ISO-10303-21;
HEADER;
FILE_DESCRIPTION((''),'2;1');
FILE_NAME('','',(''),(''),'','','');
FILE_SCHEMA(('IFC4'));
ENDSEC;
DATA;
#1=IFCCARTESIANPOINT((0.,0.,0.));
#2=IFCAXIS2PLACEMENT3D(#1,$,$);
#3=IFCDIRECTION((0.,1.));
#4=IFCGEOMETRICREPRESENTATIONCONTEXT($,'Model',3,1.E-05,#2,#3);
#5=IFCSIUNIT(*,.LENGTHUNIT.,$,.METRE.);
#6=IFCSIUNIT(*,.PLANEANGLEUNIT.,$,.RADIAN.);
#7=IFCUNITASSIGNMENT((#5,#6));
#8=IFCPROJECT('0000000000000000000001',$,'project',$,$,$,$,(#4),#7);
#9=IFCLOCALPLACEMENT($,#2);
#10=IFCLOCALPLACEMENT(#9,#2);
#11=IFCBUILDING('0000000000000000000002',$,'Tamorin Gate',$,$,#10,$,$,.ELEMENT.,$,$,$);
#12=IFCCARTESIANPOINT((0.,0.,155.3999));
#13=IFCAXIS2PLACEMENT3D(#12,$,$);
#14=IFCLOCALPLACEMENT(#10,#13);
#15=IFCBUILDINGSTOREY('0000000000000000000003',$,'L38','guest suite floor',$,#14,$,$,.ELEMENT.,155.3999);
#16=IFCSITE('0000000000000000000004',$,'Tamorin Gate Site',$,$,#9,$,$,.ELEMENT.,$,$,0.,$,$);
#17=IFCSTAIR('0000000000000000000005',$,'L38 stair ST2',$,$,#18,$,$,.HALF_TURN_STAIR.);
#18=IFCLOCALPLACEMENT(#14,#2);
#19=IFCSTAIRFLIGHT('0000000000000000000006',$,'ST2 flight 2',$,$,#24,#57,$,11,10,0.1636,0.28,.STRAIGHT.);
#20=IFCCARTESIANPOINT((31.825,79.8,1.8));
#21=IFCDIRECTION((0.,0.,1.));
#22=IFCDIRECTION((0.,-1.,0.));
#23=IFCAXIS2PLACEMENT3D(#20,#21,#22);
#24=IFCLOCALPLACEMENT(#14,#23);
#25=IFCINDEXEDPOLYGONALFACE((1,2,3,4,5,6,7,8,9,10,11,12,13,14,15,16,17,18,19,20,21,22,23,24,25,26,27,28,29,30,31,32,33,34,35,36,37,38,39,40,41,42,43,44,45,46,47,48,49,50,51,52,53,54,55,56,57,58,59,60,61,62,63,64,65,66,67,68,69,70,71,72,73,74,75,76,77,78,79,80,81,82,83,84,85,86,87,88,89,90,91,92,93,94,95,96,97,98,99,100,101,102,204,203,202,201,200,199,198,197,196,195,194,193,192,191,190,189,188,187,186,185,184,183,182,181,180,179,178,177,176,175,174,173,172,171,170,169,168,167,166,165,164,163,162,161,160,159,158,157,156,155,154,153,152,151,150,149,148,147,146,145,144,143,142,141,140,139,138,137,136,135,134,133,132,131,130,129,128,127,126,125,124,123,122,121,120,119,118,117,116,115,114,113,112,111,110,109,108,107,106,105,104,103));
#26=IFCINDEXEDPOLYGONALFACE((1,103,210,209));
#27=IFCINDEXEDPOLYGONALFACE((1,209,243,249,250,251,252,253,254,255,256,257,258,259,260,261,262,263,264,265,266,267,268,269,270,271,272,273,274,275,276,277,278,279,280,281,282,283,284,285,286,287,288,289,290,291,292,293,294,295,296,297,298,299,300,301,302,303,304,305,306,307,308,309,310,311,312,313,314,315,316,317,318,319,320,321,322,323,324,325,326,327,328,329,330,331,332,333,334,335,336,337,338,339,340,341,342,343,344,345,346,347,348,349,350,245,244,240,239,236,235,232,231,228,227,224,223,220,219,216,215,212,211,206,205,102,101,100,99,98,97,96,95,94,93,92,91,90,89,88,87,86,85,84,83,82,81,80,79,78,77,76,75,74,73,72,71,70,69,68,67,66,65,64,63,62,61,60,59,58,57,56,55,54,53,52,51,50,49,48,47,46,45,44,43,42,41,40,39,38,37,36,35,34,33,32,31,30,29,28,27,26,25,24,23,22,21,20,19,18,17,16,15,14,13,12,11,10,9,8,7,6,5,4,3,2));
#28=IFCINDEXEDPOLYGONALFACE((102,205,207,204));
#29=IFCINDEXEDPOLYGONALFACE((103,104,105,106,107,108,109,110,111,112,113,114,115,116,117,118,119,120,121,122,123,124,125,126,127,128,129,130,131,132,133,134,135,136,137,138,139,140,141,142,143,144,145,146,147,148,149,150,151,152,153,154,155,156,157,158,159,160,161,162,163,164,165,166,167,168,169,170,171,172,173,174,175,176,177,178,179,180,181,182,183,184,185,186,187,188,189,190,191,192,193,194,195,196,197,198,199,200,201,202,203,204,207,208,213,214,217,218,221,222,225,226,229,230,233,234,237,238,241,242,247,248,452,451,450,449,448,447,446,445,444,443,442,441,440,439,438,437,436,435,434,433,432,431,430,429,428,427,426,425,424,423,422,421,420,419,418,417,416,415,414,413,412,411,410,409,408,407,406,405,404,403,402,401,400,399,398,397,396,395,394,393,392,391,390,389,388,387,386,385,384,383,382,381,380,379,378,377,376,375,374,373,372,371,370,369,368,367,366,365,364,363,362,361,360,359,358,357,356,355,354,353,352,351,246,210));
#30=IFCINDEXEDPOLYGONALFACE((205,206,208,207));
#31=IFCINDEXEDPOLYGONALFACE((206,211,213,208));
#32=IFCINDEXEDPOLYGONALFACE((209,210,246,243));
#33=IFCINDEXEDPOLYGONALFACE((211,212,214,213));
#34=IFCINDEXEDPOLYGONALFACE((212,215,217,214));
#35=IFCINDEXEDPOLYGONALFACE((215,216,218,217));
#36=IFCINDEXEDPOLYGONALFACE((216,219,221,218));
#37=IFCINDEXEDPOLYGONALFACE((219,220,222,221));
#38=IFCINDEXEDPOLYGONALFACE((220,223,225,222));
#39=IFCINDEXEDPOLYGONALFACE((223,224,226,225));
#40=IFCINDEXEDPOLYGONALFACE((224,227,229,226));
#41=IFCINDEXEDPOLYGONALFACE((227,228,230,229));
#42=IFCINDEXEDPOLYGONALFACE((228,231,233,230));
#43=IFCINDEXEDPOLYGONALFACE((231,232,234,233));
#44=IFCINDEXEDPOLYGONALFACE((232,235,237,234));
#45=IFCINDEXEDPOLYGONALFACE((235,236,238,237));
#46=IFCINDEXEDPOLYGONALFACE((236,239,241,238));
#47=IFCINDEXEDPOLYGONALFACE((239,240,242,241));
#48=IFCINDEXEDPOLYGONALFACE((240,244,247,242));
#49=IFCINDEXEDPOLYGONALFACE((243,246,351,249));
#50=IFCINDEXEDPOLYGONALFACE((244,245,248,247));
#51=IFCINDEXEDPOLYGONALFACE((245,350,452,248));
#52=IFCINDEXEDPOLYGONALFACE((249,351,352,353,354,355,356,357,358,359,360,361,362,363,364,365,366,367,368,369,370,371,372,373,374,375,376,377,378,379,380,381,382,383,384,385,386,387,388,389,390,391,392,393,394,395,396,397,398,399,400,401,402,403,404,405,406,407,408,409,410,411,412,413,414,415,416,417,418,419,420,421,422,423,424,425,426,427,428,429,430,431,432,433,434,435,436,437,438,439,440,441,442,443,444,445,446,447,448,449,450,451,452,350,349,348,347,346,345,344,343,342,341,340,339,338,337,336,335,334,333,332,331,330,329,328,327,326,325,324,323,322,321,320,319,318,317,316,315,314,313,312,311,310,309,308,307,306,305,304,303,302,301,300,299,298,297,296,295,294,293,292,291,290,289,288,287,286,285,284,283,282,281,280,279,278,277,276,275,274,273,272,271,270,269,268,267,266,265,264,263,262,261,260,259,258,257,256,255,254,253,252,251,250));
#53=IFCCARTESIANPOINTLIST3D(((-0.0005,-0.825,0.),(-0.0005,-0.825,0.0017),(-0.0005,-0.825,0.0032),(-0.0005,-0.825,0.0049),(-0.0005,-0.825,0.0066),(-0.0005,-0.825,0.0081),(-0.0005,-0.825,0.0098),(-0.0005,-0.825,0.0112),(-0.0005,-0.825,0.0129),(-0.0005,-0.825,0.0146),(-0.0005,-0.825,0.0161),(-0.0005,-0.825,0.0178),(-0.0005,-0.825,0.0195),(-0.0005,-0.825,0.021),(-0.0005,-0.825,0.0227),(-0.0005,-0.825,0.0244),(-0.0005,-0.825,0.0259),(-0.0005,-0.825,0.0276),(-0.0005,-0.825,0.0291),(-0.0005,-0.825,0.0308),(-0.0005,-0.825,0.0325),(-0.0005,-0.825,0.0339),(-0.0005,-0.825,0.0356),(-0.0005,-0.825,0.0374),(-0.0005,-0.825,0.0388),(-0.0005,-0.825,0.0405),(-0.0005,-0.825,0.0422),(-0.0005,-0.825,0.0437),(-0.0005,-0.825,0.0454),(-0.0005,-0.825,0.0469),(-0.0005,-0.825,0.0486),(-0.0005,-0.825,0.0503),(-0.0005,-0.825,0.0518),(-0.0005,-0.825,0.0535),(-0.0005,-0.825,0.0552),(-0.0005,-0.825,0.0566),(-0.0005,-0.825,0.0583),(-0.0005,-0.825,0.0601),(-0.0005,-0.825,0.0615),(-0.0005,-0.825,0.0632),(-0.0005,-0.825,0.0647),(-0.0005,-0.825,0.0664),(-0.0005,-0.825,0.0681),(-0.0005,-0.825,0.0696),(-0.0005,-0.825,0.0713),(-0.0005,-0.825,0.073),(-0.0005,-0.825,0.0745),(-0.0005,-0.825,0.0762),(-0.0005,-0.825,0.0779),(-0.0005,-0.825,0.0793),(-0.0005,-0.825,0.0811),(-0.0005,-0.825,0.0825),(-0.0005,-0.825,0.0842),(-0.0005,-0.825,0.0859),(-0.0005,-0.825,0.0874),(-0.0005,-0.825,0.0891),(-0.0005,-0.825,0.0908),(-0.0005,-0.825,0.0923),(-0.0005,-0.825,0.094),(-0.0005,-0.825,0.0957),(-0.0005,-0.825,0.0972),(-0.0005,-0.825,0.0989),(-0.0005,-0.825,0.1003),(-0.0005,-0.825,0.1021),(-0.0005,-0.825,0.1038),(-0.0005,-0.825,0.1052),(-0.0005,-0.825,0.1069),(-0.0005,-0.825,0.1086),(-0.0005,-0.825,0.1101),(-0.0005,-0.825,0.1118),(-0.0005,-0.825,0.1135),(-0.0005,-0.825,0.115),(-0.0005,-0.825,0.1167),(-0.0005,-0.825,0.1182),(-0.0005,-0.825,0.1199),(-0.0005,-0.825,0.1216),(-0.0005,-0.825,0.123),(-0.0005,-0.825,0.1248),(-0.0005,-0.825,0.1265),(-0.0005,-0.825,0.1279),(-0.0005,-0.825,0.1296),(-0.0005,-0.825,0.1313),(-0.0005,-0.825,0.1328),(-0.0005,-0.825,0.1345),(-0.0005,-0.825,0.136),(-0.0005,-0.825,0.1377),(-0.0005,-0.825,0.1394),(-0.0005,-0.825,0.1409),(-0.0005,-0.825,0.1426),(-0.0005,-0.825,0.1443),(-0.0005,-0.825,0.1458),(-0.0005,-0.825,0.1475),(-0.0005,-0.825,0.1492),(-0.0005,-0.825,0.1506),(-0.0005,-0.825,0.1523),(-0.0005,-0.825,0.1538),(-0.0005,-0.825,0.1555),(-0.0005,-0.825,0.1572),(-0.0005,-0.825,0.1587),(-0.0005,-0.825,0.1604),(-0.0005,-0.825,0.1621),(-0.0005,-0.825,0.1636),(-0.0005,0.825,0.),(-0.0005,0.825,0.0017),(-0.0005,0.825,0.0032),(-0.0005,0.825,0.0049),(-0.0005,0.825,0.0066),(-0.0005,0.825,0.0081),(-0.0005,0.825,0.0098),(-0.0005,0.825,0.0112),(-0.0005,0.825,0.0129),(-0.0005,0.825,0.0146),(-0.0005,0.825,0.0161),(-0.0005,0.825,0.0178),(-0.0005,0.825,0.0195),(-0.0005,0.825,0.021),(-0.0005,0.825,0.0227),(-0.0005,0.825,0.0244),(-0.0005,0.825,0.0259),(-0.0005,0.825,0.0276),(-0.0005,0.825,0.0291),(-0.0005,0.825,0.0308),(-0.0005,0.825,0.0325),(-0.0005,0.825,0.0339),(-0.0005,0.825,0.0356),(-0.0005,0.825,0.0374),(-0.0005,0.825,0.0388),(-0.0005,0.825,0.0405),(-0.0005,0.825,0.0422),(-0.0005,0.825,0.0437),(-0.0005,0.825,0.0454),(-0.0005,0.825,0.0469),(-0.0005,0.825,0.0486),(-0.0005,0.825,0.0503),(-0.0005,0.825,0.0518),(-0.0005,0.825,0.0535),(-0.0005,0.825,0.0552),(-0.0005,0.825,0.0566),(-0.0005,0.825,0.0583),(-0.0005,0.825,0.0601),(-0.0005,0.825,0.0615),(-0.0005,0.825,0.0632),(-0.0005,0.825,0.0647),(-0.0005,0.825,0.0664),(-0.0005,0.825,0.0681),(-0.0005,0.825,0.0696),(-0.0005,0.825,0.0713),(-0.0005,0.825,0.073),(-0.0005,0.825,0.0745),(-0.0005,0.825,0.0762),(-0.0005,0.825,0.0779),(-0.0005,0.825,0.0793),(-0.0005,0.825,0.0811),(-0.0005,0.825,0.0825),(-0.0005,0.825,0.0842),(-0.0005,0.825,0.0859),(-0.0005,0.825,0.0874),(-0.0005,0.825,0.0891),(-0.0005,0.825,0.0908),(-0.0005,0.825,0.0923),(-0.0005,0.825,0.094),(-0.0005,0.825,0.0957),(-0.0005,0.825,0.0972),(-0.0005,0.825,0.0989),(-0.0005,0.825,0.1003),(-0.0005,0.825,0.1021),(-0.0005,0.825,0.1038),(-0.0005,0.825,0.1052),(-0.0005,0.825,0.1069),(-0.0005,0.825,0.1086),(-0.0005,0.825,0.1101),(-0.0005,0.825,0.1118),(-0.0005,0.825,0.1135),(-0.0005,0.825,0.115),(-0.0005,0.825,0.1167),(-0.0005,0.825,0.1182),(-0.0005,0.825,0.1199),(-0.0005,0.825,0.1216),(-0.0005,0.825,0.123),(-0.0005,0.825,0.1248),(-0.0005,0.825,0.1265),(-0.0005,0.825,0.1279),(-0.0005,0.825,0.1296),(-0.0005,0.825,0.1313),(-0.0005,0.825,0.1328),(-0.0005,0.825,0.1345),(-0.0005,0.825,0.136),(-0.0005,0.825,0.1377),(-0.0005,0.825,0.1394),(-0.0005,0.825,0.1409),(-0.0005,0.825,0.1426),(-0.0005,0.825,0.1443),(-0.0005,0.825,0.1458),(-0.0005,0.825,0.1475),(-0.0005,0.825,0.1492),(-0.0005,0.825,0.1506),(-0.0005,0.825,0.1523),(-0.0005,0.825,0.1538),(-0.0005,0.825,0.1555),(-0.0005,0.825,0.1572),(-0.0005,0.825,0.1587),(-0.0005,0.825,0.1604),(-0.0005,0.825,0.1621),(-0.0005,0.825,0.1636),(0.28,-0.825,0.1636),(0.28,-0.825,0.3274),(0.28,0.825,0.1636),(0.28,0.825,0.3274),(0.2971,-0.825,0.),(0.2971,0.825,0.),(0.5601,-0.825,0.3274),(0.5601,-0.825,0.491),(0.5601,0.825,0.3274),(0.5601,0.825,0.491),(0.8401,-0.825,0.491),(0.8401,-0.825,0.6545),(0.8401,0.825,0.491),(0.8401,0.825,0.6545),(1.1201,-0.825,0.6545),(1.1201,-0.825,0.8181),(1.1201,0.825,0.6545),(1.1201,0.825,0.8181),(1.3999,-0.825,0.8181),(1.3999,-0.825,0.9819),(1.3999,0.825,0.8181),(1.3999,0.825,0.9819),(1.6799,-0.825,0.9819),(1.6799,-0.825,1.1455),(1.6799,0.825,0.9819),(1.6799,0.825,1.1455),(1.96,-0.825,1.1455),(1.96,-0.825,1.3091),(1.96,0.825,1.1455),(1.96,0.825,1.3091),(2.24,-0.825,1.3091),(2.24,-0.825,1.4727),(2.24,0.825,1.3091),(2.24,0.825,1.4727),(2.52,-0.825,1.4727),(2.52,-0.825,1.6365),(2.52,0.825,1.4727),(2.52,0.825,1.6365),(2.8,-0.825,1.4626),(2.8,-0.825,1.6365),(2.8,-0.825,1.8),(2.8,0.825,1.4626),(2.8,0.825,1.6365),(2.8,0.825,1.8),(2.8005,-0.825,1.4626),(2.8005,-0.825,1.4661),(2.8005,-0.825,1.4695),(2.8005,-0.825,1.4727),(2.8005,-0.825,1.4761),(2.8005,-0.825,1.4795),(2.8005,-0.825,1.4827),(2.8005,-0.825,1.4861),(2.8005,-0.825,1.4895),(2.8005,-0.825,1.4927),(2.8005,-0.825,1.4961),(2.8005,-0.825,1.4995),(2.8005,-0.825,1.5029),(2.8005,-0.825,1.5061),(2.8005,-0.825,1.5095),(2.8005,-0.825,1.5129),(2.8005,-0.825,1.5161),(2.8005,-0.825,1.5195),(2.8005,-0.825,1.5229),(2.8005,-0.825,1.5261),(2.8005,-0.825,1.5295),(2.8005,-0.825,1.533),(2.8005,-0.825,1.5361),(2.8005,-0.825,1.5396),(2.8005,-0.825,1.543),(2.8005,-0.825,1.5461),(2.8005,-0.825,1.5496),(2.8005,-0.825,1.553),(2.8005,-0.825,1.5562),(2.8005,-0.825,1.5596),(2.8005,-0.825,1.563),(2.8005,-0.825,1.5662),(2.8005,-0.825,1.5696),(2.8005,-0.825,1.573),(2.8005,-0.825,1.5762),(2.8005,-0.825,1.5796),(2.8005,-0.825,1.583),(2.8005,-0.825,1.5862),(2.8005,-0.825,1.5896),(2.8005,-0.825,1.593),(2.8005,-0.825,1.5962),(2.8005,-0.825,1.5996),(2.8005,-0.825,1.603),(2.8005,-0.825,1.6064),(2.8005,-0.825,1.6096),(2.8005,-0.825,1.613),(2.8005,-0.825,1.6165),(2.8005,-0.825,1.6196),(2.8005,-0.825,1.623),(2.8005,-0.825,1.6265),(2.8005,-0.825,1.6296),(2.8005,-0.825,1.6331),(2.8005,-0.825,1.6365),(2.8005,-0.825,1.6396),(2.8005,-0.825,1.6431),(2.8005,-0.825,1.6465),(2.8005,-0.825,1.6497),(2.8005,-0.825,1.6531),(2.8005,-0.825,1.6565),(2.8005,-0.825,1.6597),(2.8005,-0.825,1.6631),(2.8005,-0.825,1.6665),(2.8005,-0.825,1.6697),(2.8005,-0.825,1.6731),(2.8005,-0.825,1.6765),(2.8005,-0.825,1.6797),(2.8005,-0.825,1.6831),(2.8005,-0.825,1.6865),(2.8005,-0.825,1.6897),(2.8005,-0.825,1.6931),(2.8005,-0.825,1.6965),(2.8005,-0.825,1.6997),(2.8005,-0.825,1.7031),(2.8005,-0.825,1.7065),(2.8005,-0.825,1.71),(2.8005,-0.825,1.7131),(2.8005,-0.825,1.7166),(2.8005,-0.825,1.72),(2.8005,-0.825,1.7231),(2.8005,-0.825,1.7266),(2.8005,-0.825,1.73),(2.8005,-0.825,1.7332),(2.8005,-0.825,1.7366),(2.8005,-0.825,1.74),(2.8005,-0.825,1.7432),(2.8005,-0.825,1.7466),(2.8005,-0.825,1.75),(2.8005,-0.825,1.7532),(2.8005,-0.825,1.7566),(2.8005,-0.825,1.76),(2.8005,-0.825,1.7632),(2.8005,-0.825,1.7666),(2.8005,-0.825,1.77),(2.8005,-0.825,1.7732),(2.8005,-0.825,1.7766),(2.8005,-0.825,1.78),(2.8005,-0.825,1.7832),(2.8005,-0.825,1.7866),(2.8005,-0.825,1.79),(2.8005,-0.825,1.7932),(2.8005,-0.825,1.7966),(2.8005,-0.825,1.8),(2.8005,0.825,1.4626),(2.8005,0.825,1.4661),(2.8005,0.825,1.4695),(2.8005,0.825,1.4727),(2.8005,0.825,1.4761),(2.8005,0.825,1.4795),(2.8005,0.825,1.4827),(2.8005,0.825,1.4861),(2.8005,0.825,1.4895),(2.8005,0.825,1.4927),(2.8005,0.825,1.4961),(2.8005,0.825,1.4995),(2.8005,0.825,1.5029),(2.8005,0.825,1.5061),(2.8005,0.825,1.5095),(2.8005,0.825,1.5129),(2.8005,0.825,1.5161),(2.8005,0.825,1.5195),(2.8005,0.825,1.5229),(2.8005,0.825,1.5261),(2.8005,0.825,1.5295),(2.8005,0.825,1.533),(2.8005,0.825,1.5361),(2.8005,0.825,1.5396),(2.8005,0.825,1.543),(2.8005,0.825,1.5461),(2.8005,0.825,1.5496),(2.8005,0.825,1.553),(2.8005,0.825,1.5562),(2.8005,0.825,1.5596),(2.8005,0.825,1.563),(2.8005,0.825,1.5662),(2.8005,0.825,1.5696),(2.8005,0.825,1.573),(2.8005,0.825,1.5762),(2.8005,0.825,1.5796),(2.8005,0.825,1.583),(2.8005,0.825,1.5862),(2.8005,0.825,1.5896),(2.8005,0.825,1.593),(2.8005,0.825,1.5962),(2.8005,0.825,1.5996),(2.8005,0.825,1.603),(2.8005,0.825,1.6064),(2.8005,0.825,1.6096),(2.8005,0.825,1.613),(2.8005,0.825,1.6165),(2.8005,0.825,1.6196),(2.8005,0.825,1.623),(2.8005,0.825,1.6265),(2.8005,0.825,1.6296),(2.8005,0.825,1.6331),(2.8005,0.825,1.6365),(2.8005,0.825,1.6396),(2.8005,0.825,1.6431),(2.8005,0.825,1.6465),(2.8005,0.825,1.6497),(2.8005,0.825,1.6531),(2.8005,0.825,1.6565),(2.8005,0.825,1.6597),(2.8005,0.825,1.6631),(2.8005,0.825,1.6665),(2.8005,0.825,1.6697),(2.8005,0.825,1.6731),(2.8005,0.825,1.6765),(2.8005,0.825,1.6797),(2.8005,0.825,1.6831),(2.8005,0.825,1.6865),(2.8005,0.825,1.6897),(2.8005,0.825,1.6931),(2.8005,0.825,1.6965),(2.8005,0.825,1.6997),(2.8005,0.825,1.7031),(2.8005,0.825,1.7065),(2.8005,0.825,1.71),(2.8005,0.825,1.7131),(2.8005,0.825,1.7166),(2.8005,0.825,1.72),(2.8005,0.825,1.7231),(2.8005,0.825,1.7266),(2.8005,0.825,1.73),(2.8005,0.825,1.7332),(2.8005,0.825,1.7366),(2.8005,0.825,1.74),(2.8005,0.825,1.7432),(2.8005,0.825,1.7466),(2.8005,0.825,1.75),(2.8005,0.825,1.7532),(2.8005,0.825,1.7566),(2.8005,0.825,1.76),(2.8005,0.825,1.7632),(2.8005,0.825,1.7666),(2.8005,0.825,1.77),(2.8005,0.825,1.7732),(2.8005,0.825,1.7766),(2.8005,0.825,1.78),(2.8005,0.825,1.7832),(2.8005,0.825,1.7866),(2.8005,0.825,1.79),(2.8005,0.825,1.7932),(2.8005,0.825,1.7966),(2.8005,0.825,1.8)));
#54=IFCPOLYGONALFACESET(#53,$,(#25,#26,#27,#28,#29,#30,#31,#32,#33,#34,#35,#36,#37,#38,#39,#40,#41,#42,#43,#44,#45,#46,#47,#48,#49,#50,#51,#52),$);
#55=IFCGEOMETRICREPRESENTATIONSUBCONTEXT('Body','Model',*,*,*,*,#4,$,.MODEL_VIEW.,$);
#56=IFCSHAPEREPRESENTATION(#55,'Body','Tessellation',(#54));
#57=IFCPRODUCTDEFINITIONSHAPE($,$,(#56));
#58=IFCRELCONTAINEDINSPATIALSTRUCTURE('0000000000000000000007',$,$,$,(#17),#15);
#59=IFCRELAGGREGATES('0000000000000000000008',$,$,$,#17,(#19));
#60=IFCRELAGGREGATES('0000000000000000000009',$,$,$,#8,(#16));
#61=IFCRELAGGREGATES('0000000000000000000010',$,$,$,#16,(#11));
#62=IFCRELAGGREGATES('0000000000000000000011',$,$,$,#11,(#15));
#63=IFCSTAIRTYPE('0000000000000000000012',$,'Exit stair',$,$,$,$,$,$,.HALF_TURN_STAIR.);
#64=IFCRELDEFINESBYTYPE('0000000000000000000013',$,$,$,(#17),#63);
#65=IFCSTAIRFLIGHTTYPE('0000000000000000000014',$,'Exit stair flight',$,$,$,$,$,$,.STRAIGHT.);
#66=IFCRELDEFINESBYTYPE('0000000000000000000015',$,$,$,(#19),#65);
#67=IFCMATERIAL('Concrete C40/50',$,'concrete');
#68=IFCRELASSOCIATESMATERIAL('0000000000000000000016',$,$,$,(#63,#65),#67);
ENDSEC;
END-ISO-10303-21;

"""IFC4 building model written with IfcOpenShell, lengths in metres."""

from ifc_helpers import new_model, si_unit, direction, frame, origin, place, context, subcontext, project, spatial, polyline, outline, extrude, material, type_object, element, aggregate, save


model = new_model("IFC4")

# Units and contexts
model_context = context("Model", 3, precision=1e-05, world=origin(), true_north=direction((0.0, 1.0)))
body_context = subcontext(model_context, "Body", "Model", "MODEL_VIEW")
ifc_project = project(units=[si_unit("LENGTHUNIT", "METRE"), si_unit("PLANEANGLEUNIT", "RADIAN")], contexts=[model_context])

# Site, building, storey
site_placement = place(None, origin())
site = spatial("IfcSite", under=ifc_project, at=site_placement, Name="Tamorin Gate Site", CompositionType="ELEMENT", RefElevation=0.0)
building_placement = place(site_placement, origin())
building = spatial("IfcBuilding", under=site, at=building_placement, Name="Tamorin Gate", CompositionType="ELEMENT")
storey_placement = place(building_placement, frame((0.0, 0.0, 155.3999)))
storey = spatial("IfcBuildingStorey", under=building, at=storey_placement, Name="L38", Description="guest suite floor", CompositionType="ELEMENT", Elevation=155.3999)

# Shared definitions
ifc_material_1 = material(Name="Concrete C40/50", Category="concrete")

# Stair, stair flight
stair_type = type_object("IfcStairType", Name="Exit stair", PredefinedType="HALF_TURN_STAIR", material=ifc_material_1)
stair_flight_type = type_object("IfcStairFlightType", Name="Exit stair flight", PredefinedType="STRAIGHT", material=ifc_material_1)
stair_1_placement = place(storey_placement, origin())
stair_1 = element("IfcStair", 1, at=stair_1_placement, inside=storey, type_object=stair_type, Name="L38 stair ST2", PredefinedType="HALF_TURN_STAIR")
stair_flight_1_placement = place(storey_placement, frame((31.825, 79.8, 1.8), z_axis=(0.0, 0.0, 1.0), x_axis=(0.0, -1.0, 0.0)))
stair_flight_1 = element("IfcStairFlight", 2, at=stair_flight_1_placement, type_object=stair_flight_type, Name="ST2 flight 2", NumberOfRisers=11, NumberOfTreads=10, PredefinedType="STRAIGHT", RiserHeight=0.1636, TreadLength=0.28, context=body_context, shape_type="SweptSolid", body=[
    extrude(outline(polyline([(-0.0005, 0.0), (-0.0005, 0.0017), (-0.0005, 0.0032), (-0.0005, 0.0049), (-0.0005, 0.0066), (-0.0005, 0.0081), (-0.0005, 0.0098), (-0.0005, 0.0112), (-0.0005, 0.0129), (-0.0005, 0.0146), (-0.0005, 0.0161), (-0.0005, 0.0178), (-0.0005, 0.0195), (-0.0005, 0.021), (-0.0005, 0.0227), (-0.0005, 0.0244), (-0.0005, 0.0259), (-0.0005, 0.0276), (-0.0005, 0.0291), (-0.0005, 0.0308), (-0.0005, 0.0325), (-0.0005, 0.0339), (-0.0005, 0.0356), (-0.0005, 0.0374), (-0.0005, 0.0388), (-0.0005, 0.0405), (-0.0005, 0.0422), (-0.0005, 0.0437), (-0.0005, 0.0454), (-0.0005, 0.0469), (-0.0005, 0.0486), (-0.0005, 0.0503), (-0.0005, 0.0518), (-0.0005, 0.0535), (-0.0005, 0.0552), (-0.0005, 0.0566), (-0.0005, 0.0583), (-0.0005, 0.0601), (-0.0005, 0.0615), (-0.0005, 0.0632), (-0.0005, 0.0647), (-0.0005, 0.0664), (-0.0005, 0.0681), (-0.0005, 0.0696), (-0.0005, 0.0713), (-0.0005, 0.073), (-0.0005, 0.0745), (-0.0005, 0.0762), (-0.0005, 0.0779), (-0.0005, 0.0793), (-0.0005, 0.0811), (-0.0005, 0.0825), (-0.0005, 0.0842), (-0.0005, 0.0859), (-0.0005, 0.0874), (-0.0005, 0.0891), (-0.0005, 0.0908), (-0.0005, 0.0923), (-0.0005, 0.094), (-0.0005, 0.0957), (-0.0005, 0.0972), (-0.0005, 0.0989), (-0.0005, 0.1003), (-0.0005, 0.1021), (-0.0005, 0.1038), (-0.0005, 0.1052), (-0.0005, 0.1069), (-0.0005, 0.1086), (-0.0005, 0.1101), (-0.0005, 0.1118), (-0.0005, 0.1135), (-0.0005, 0.115), (-0.0005, 0.1167), (-0.0005, 0.1182), (-0.0005, 0.1199), (-0.0005, 0.1216), (-0.0005, 0.123), (-0.0005, 0.1248), (-0.0005, 0.1265), (-0.0005, 0.1279), (-0.0005, 0.1296), (-0.0005, 0.1313), (-0.0005, 0.1328), (-0.0005, 0.1345), (-0.0005, 0.136), (-0.0005, 0.1377), (-0.0005, 0.1394), (-0.0005, 0.1409), (-0.0005, 0.1426), (-0.0005, 0.1443), (-0.0005, 0.1458), (-0.0005, 0.1475), (-0.0005, 0.1492), (-0.0005, 0.1506), (-0.0005, 0.1523), (-0.0005, 0.1538), (-0.0005, 0.1555), (-0.0005, 0.1572), (-0.0005, 0.1587), (-0.0005, 0.1604), (-0.0005, 0.1621), (-0.0005, 0.1636), (0.28, 0.1636), (0.28, 0.3274), (0.5601, 0.3274), (0.5601, 0.491), (0.8401, 0.491), (0.8401, 0.6545), (1.1201, 0.6545), (1.1201, 0.8181), (1.3999, 0.8181), (1.3999, 0.9819), (1.6799, 0.9819), (1.6799, 1.1455), (1.96, 1.1455), (1.96, 1.3091), (2.24, 1.3091), (2.24, 1.4727), (2.52, 1.4727), (2.52, 1.6365), (2.8, 1.6365), (2.8, 1.8), (2.8005, 1.8), (2.8005, 1.7966), (2.8005, 1.7932), (2.8005, 1.79), (2.8005, 1.7866), (2.8005, 1.7832), (2.8005, 1.78), (2.8005, 1.7766), (2.8005, 1.7732), (2.8005, 1.77), (2.8005, 1.7666), (2.8005, 1.7632), (2.8005, 1.76), (2.8005, 1.7566), (2.8005, 1.7532), (2.8005, 1.75), (2.8005, 1.7466), (2.8005, 1.7432), (2.8005, 1.74), (2.8005, 1.7366), (2.8005, 1.7332), (2.8005, 1.73), (2.8005, 1.7266), (2.8005, 1.7231), (2.8005, 1.72), (2.8005, 1.7166), (2.8005, 1.7131), (2.8005, 1.71), (2.8005, 1.7065), (2.8005, 1.7031), (2.8005, 1.6997), (2.8005, 1.6965), (2.8005, 1.6931), (2.8005, 1.6897), (2.8005, 1.6865), (2.8005, 1.6831), (2.8005, 1.6797), (2.8005, 1.6765), (2.8005, 1.6731), (2.8005, 1.6697), (2.8005, 1.6665), (2.8005, 1.6631), (2.8005, 1.6597), (2.8005, 1.6565), (2.8005, 1.6531), (2.8005, 1.6497), (2.8005, 1.6465), (2.8005, 1.6431), (2.8005, 1.6396), (2.8005, 1.6365), (2.8005, 1.6331), (2.8005, 1.6296), (2.8005, 1.6265), (2.8005, 1.623), (2.8005, 1.6196), (2.8005, 1.6165), (2.8005, 1.613), (2.8005, 1.6096), (2.8005, 1.6064), (2.8005, 1.603), (2.8005, 1.5996), (2.8005, 1.5962), (2.8005, 1.593), (2.8005, 1.5896), (2.8005, 1.5862), (2.8005, 1.583), (2.8005, 1.5796), (2.8005, 1.5762), (2.8005, 1.573), (2.8005, 1.5696), (2.8005, 1.5662), (2.8005, 1.563), (2.8005, 1.5596), (2.8005, 1.5562), (2.8005, 1.553), (2.8005, 1.5496), (2.8005, 1.5461), (2.8005, 1.543), (2.8005, 1.5396), (2.8005, 1.5361), (2.8005, 1.533), (2.8005, 1.5295), (2.8005, 1.5261), (2.8005, 1.5229), (2.8005, 1.5195), (2.8005, 1.5161), (2.8005, 1.5129), (2.8005, 1.5095), (2.8005, 1.5061), (2.8005, 1.5029), (2.8005, 1.4995), (2.8005, 1.4961), (2.8005, 1.4927), (2.8005, 1.4895), (2.8005, 1.4861), (2.8005, 1.4827), (2.8005, 1.4795), (2.8005, 1.4761), (2.8005, 1.4727), (2.8005, 1.4695), (2.8005, 1.4661), (2.8005, 1.4626), (2.8, 1.4626), (0.2971, 0.0), (-0.0005, 0.0)])), frame((0.0, 0.825, 0.0), z_axis=(0.0, -1.0, 0.0), x_axis=(1.0, 0.0, 0.0)), (0.0, 0.0, 1.0), 1.6499),
])
aggregate(stair_1, [stair_flight_1])

save(model, "model.ifc")
